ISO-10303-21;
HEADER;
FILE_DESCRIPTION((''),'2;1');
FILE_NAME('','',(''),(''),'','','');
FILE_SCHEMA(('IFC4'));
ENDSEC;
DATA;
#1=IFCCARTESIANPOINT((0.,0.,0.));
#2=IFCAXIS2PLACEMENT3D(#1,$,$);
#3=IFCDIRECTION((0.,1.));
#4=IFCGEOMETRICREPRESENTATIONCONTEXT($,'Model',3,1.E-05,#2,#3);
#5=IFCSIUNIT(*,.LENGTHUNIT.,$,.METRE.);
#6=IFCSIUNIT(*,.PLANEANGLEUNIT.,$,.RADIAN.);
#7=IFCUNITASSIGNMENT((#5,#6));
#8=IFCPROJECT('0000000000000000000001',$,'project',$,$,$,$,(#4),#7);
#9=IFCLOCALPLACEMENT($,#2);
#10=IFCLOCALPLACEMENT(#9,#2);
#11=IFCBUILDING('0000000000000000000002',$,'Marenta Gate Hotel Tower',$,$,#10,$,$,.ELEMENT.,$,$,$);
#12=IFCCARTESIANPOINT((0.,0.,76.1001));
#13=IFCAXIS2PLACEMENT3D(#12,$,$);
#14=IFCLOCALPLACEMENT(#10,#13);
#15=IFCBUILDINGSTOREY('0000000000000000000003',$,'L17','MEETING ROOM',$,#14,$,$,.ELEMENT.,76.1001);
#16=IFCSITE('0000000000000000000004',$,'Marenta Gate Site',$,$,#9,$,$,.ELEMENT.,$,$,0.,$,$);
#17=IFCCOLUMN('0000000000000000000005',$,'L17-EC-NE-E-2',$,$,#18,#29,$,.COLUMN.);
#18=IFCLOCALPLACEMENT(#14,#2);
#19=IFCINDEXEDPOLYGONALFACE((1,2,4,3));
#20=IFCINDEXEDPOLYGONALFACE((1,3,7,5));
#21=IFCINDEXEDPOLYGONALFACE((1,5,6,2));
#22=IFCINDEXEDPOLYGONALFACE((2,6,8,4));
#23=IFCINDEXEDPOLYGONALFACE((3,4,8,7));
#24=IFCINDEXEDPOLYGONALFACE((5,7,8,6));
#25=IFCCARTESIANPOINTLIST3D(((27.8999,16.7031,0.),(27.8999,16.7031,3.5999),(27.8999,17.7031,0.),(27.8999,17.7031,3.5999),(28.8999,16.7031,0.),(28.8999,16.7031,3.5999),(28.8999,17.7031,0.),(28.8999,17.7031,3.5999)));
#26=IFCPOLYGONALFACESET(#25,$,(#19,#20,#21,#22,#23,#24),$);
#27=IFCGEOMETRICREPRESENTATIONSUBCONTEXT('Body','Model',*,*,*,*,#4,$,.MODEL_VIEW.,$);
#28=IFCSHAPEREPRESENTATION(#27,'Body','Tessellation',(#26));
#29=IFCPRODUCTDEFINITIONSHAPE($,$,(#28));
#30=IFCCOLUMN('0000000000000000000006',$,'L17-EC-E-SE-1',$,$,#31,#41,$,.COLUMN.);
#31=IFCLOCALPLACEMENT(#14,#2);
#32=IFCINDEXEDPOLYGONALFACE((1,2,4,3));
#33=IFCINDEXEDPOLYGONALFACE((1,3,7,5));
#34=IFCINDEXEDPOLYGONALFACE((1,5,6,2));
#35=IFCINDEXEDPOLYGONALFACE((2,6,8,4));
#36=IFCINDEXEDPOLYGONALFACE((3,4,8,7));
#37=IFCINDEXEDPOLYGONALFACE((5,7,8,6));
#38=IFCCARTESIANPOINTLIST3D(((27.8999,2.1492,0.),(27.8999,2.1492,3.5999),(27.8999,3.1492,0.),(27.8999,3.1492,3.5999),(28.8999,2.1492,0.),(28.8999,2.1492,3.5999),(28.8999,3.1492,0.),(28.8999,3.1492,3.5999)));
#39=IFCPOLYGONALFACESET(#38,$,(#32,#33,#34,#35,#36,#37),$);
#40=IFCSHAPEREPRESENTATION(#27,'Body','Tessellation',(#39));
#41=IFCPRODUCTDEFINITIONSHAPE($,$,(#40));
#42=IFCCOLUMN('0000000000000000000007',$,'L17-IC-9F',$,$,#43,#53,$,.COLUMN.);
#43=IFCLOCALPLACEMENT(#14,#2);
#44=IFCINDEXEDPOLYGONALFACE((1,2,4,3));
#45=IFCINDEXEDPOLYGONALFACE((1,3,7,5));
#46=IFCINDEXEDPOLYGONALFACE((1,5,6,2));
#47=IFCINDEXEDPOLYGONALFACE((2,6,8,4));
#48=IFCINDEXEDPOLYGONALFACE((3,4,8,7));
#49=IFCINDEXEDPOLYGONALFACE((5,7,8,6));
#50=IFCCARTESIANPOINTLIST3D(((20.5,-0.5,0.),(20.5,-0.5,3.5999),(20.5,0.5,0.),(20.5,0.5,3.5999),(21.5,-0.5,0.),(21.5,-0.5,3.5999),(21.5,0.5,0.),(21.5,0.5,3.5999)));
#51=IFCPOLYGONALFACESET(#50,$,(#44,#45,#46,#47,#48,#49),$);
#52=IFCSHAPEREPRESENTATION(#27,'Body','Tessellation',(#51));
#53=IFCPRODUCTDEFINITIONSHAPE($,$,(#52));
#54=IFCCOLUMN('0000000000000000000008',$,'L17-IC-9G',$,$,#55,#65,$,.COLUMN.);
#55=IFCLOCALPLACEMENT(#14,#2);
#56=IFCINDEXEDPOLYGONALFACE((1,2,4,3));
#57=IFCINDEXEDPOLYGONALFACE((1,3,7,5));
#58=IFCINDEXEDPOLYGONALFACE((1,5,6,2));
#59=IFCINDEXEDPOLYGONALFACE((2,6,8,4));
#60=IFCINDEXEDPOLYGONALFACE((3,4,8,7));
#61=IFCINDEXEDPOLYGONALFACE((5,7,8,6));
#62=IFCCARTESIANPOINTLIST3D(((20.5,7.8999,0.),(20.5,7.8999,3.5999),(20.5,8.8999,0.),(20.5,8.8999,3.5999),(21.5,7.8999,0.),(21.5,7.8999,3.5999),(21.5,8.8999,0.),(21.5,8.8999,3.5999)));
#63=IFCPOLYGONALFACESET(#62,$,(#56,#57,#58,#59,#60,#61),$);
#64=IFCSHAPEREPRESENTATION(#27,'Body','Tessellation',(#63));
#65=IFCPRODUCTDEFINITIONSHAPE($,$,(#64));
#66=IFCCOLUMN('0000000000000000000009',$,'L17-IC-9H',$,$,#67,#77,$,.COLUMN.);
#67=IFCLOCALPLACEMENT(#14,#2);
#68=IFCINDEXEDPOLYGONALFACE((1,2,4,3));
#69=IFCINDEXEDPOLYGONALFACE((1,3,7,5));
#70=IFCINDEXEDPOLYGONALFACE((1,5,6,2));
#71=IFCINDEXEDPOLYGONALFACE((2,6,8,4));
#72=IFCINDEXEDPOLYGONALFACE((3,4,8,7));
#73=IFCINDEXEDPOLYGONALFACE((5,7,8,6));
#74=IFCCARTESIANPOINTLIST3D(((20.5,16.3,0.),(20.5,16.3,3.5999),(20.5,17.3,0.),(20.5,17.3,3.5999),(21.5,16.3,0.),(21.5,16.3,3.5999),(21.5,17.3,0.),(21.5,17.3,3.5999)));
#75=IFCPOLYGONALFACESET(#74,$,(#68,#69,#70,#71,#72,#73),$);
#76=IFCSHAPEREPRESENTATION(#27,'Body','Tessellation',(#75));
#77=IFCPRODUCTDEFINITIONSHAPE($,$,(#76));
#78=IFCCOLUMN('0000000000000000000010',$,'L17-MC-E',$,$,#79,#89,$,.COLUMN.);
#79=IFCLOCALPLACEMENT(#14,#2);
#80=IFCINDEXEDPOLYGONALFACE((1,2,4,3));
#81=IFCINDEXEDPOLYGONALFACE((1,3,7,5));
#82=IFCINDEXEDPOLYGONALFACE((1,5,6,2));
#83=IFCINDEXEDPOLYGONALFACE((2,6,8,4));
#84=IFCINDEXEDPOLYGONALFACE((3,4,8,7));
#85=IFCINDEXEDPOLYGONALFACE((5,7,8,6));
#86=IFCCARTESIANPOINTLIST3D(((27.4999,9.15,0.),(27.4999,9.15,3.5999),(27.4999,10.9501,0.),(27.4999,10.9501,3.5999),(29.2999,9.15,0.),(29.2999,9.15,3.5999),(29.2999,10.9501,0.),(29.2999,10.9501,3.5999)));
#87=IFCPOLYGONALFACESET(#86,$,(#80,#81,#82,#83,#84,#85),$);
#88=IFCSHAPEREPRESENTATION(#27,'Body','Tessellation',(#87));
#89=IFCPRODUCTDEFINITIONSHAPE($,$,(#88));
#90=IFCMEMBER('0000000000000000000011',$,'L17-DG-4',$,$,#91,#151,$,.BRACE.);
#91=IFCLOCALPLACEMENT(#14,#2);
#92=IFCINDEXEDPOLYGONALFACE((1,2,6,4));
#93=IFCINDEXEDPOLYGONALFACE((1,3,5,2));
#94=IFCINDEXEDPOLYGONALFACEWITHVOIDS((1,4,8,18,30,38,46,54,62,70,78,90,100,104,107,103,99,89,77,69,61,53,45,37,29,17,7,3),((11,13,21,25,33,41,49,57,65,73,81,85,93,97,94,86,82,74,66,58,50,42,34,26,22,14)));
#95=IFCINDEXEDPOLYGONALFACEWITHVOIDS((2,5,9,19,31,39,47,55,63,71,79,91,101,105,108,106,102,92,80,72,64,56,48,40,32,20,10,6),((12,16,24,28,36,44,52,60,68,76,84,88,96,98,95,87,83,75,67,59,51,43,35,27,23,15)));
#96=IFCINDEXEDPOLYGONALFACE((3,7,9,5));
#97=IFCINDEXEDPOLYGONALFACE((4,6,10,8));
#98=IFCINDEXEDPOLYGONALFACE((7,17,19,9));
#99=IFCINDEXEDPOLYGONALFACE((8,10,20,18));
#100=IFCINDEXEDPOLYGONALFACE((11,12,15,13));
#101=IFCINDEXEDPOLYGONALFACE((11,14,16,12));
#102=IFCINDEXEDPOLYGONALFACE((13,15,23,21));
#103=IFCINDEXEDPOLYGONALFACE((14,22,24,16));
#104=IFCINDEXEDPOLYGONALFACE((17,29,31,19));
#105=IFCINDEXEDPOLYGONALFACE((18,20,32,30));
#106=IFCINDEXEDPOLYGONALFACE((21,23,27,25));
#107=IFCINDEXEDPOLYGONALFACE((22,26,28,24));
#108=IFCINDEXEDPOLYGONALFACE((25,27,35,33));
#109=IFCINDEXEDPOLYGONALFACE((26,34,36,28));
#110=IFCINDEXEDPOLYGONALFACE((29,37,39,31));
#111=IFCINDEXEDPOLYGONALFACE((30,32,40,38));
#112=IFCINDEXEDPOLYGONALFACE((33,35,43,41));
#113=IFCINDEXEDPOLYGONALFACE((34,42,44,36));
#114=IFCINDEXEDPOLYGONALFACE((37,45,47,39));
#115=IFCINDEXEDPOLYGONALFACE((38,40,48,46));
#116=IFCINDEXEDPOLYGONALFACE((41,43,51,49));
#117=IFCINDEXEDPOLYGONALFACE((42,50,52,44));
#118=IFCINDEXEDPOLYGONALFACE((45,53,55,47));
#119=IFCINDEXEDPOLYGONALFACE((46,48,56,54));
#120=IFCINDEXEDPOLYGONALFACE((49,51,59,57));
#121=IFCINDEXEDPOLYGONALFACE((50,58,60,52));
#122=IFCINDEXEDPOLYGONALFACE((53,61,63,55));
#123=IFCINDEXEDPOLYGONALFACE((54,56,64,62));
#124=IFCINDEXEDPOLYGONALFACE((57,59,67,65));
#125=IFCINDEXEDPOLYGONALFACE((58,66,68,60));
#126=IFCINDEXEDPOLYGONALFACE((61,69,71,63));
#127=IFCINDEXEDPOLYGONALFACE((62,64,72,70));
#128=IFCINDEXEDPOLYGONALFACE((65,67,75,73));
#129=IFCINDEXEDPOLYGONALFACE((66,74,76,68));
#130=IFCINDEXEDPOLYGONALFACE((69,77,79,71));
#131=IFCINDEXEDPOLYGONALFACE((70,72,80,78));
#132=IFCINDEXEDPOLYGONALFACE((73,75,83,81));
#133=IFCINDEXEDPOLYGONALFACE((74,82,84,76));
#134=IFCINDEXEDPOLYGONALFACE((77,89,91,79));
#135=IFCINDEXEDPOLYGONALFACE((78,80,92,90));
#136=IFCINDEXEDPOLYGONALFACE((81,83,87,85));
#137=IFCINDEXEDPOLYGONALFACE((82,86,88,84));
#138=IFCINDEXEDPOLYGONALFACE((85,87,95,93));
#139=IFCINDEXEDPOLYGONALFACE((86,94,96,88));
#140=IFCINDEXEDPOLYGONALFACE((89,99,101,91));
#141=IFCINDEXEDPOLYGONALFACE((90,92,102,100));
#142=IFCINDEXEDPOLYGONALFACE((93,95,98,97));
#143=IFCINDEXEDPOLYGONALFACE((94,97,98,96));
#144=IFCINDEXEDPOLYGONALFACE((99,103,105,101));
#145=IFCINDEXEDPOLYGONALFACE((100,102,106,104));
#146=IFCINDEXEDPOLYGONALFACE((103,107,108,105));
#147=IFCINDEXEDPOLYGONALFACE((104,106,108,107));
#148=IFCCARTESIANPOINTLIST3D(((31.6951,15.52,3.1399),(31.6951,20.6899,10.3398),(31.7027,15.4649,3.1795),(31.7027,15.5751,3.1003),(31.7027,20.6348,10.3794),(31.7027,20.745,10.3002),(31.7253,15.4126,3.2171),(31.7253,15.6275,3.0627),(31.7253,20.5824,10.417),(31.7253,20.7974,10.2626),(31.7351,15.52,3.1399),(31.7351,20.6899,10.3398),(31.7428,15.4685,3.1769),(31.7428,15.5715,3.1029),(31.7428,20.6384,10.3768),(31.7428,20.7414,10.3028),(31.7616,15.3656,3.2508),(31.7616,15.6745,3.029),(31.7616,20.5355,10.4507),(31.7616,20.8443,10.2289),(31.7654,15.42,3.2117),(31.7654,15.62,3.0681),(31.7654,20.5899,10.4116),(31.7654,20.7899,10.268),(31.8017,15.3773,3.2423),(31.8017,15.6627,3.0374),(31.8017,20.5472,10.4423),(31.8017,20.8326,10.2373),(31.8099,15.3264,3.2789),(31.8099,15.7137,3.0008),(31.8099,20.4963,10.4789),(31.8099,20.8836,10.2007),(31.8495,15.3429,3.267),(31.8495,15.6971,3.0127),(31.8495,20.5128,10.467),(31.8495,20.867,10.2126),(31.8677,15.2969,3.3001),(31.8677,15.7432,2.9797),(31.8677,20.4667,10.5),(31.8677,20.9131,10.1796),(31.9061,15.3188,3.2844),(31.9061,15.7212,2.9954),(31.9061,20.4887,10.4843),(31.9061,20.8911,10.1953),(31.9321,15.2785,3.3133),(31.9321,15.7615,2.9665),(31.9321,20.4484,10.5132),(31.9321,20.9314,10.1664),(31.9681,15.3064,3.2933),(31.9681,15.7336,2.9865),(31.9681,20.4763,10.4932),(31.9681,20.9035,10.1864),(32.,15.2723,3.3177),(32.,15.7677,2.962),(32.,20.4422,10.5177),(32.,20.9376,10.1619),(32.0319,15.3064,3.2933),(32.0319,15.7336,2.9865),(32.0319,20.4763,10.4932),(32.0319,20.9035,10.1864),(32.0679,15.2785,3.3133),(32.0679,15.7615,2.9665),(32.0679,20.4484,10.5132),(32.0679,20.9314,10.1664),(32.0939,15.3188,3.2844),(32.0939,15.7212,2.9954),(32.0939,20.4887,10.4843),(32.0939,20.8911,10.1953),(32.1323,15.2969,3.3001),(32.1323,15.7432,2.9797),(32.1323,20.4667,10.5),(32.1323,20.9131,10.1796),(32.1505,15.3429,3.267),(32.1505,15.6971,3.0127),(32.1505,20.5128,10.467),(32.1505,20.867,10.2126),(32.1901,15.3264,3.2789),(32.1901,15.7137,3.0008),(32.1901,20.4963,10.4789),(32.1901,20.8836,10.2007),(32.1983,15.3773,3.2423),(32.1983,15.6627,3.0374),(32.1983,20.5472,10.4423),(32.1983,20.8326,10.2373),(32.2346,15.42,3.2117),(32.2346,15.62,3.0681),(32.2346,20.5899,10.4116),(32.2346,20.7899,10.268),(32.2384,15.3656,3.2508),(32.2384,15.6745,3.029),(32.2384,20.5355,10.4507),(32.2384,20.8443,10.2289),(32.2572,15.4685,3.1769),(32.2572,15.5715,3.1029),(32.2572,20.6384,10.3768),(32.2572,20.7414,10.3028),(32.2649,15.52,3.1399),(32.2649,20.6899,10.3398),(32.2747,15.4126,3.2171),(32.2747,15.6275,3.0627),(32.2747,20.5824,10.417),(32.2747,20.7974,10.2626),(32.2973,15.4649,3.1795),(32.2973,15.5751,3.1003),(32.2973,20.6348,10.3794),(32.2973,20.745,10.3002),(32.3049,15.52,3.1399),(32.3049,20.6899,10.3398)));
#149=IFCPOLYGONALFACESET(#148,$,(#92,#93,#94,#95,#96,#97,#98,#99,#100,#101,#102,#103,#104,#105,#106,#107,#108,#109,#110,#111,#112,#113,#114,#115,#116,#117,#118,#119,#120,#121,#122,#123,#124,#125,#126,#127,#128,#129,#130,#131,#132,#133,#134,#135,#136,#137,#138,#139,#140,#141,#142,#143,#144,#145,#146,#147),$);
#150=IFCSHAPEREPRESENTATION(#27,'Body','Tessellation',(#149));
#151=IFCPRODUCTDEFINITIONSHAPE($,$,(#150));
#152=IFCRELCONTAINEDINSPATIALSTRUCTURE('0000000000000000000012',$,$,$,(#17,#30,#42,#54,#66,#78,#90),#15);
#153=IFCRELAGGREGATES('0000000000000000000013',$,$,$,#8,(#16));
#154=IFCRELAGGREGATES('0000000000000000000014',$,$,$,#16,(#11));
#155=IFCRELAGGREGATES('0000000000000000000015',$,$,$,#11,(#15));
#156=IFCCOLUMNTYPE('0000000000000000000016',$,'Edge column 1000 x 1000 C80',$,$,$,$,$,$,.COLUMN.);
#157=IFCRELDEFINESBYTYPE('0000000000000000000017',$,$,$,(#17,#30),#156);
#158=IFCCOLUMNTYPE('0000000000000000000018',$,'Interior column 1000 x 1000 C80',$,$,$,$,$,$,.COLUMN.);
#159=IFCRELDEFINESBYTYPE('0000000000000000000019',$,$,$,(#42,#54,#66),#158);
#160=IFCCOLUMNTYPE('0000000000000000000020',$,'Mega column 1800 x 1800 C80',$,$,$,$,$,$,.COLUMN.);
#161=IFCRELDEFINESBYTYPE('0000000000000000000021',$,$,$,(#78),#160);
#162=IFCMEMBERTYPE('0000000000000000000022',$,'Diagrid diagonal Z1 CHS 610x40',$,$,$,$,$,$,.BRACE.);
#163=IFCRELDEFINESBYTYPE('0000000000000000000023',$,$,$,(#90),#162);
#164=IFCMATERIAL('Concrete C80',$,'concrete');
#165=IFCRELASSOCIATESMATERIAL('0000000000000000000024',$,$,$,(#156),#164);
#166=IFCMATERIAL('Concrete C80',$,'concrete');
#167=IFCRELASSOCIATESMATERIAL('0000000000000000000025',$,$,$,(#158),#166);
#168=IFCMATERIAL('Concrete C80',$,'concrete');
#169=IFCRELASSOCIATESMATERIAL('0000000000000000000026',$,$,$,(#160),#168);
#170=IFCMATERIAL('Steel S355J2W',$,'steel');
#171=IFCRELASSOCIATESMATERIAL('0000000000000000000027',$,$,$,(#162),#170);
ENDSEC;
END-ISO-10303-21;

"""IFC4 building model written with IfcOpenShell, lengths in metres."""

from ifc_helpers import new_model, si_unit, direction, frame, origin, origin_2d, place, context, subcontext, project, spatial, rectangle, hollow_circle, extrude, material, material_profile, profile_set, type_object, element, save


model = new_model("IFC4")

# Units and contexts
model_context = context("Model", 3, precision=1e-05, world=origin(), true_north=direction((0.0, 1.0)))
body_context = subcontext(model_context, "Body", "Model", "MODEL_VIEW")
ifc_project = project(units=[si_unit("LENGTHUNIT", "METRE"), si_unit("PLANEANGLEUNIT", "RADIAN")], contexts=[model_context])

# Site, building, storey
site_placement = place(None, origin())
site = spatial("IfcSite", under=ifc_project, at=site_placement, Name="Marenta Gate Site", CompositionType="ELEMENT", RefElevation=0.0)
building_placement = place(site_placement, origin())
building = spatial("IfcBuilding", under=site, at=building_placement, Name="Marenta Gate Hotel Tower", CompositionType="ELEMENT")
storey_placement = place(building_placement, frame((0.0, 0.0, 76.1001)))
storey = spatial("IfcBuildingStorey", under=building, at=storey_placement, Name="L17", Description="MEETING ROOM", CompositionType="ELEMENT", Elevation=76.1001)

# Columns
ifc_material_1 = material(Name="Concrete C80", Category="concrete")
ifc_material_profile_1 = material_profile(ifc_material_1, rectangle(XDim=1.0, YDim=1.0, at=origin_2d()), Name="1000 x 1000")
ifc_profile_set_1 = profile_set([ifc_material_profile_1], Name="Concrete C80")
column_type_1 = type_object("IfcColumnType", Name="Edge column 1000 x 1000 C80", PredefinedType="COLUMN", material=ifc_profile_set_1)
for number, where, z_axis, x_axis, name in (
    (1, (28.3999, 17.2031, 0.0), (0.0, 0.0, 1.0), (1.0, 0.0, 0.0), "L17-EC-NE-E-2"),
    (2, (28.3999, 2.6492, 0.0), (0.0, 0.0, 1.0), (1.0, 0.0, 0.0), "L17-EC-E-SE-1"),
):
    element("IfcColumn", number, at=place(storey_placement, frame(where, z_axis=z_axis, x_axis=x_axis)), inside=storey, type_object=column_type_1, Name=name, PredefinedType="COLUMN", context=body_context, shape_type="SweptSolid", body=[
        extrude(rectangle(XDim=1.0, YDim=1.0, at=origin_2d()), origin(), (0.0, 0.0, 1.0), 3.5999),
    ])
ifc_material_2 = material(Name="Concrete C80", Category="concrete")
ifc_material_profile_2 = material_profile(ifc_material_2, rectangle(XDim=1.0, YDim=1.0, at=origin_2d()), Name="1000 x 1000")
ifc_profile_set_2 = profile_set([ifc_material_profile_2], Name="Concrete C80")
column_type_2 = type_object("IfcColumnType", Name="Interior column 1000 x 1000 C80", PredefinedType="COLUMN", material=ifc_profile_set_2)
for number, where, z_axis, x_axis, name in (
    (3, (21.0, 0.0, 0.0), (0.0, 0.0, 1.0), (1.0, 0.0, 0.0), "L17-IC-9F"),
    (4, (21.0, 8.3999, 0.0), (0.0, 0.0, 1.0), (1.0, 0.0, 0.0), "L17-IC-9G"),
    (5, (21.0, 16.8, 0.0), (0.0, 0.0, 1.0), (1.0, 0.0, 0.0), "L17-IC-9H"),
):
    element("IfcColumn", number, at=place(storey_placement, frame(where, z_axis=z_axis, x_axis=x_axis)), inside=storey, type_object=column_type_2, Name=name, PredefinedType="COLUMN", context=body_context, shape_type="SweptSolid", body=[
        extrude(rectangle(XDim=1.0, YDim=1.0, at=origin_2d()), origin(), (0.0, 0.0, 1.0), 3.5999),
    ])
ifc_material_3 = material(Name="Concrete C80", Category="concrete")
ifc_material_profile_3 = material_profile(ifc_material_3, rectangle(XDim=1.8, YDim=1.8, at=origin_2d()), Name="1800 x 1800")
ifc_profile_set_3 = profile_set([ifc_material_profile_3], Name="Concrete C80")
column_type_3 = type_object("IfcColumnType", Name="Mega column 1800 x 1800 C80", PredefinedType="COLUMN", material=ifc_profile_set_3)
column_placement = place(storey_placement, frame((28.3999, 10.05, 0.0), z_axis=(0.0, 0.0, 1.0), x_axis=(1.0, 0.0, 0.0)))
element("IfcColumn", 6, at=column_placement, inside=storey, type_object=column_type_3, Name="L17-MC-E", PredefinedType="COLUMN", context=body_context, shape_type="SweptSolid", body=[
    extrude(rectangle(XDim=1.8, YDim=1.8, at=origin_2d()), origin(), (0.0, 0.0, 1.0), 3.5999),
])

# Member
ifc_material_4 = material(Name="Steel S355J2W", Category="steel")
ifc_material_profile_4 = material_profile(ifc_material_4, hollow_circle(Radius=0.3049, WallThickness=0.04, at=origin_2d()), Name="CHS 610x40")
ifc_profile_set_4 = profile_set([ifc_material_profile_4], Name="Steel S355J2W")
member_type_1 = type_object("IfcMemberType", Name="Diagrid diagonal Z1 CHS 610x40", PredefinedType="BRACE", material=ifc_profile_set_4)
member_1_placement = place(storey_placement, frame((32.0, 15.52, 3.1399), z_axis=(0.0, 0.583261, 0.812285), x_axis=(-1.0, 0.0, 0.0)))
element("IfcMember", 7, at=member_1_placement, inside=storey, type_object=member_type_1, Name="L17-DG-4", PredefinedType="BRACE", context=body_context, shape_type="SweptSolid", body=[
    extrude(hollow_circle(Radius=0.3049, WallThickness=0.04, at=origin_2d()), origin(), (0.0, 0.0, 1.0), 8.8638),
])

save(model, "model.ifc")
